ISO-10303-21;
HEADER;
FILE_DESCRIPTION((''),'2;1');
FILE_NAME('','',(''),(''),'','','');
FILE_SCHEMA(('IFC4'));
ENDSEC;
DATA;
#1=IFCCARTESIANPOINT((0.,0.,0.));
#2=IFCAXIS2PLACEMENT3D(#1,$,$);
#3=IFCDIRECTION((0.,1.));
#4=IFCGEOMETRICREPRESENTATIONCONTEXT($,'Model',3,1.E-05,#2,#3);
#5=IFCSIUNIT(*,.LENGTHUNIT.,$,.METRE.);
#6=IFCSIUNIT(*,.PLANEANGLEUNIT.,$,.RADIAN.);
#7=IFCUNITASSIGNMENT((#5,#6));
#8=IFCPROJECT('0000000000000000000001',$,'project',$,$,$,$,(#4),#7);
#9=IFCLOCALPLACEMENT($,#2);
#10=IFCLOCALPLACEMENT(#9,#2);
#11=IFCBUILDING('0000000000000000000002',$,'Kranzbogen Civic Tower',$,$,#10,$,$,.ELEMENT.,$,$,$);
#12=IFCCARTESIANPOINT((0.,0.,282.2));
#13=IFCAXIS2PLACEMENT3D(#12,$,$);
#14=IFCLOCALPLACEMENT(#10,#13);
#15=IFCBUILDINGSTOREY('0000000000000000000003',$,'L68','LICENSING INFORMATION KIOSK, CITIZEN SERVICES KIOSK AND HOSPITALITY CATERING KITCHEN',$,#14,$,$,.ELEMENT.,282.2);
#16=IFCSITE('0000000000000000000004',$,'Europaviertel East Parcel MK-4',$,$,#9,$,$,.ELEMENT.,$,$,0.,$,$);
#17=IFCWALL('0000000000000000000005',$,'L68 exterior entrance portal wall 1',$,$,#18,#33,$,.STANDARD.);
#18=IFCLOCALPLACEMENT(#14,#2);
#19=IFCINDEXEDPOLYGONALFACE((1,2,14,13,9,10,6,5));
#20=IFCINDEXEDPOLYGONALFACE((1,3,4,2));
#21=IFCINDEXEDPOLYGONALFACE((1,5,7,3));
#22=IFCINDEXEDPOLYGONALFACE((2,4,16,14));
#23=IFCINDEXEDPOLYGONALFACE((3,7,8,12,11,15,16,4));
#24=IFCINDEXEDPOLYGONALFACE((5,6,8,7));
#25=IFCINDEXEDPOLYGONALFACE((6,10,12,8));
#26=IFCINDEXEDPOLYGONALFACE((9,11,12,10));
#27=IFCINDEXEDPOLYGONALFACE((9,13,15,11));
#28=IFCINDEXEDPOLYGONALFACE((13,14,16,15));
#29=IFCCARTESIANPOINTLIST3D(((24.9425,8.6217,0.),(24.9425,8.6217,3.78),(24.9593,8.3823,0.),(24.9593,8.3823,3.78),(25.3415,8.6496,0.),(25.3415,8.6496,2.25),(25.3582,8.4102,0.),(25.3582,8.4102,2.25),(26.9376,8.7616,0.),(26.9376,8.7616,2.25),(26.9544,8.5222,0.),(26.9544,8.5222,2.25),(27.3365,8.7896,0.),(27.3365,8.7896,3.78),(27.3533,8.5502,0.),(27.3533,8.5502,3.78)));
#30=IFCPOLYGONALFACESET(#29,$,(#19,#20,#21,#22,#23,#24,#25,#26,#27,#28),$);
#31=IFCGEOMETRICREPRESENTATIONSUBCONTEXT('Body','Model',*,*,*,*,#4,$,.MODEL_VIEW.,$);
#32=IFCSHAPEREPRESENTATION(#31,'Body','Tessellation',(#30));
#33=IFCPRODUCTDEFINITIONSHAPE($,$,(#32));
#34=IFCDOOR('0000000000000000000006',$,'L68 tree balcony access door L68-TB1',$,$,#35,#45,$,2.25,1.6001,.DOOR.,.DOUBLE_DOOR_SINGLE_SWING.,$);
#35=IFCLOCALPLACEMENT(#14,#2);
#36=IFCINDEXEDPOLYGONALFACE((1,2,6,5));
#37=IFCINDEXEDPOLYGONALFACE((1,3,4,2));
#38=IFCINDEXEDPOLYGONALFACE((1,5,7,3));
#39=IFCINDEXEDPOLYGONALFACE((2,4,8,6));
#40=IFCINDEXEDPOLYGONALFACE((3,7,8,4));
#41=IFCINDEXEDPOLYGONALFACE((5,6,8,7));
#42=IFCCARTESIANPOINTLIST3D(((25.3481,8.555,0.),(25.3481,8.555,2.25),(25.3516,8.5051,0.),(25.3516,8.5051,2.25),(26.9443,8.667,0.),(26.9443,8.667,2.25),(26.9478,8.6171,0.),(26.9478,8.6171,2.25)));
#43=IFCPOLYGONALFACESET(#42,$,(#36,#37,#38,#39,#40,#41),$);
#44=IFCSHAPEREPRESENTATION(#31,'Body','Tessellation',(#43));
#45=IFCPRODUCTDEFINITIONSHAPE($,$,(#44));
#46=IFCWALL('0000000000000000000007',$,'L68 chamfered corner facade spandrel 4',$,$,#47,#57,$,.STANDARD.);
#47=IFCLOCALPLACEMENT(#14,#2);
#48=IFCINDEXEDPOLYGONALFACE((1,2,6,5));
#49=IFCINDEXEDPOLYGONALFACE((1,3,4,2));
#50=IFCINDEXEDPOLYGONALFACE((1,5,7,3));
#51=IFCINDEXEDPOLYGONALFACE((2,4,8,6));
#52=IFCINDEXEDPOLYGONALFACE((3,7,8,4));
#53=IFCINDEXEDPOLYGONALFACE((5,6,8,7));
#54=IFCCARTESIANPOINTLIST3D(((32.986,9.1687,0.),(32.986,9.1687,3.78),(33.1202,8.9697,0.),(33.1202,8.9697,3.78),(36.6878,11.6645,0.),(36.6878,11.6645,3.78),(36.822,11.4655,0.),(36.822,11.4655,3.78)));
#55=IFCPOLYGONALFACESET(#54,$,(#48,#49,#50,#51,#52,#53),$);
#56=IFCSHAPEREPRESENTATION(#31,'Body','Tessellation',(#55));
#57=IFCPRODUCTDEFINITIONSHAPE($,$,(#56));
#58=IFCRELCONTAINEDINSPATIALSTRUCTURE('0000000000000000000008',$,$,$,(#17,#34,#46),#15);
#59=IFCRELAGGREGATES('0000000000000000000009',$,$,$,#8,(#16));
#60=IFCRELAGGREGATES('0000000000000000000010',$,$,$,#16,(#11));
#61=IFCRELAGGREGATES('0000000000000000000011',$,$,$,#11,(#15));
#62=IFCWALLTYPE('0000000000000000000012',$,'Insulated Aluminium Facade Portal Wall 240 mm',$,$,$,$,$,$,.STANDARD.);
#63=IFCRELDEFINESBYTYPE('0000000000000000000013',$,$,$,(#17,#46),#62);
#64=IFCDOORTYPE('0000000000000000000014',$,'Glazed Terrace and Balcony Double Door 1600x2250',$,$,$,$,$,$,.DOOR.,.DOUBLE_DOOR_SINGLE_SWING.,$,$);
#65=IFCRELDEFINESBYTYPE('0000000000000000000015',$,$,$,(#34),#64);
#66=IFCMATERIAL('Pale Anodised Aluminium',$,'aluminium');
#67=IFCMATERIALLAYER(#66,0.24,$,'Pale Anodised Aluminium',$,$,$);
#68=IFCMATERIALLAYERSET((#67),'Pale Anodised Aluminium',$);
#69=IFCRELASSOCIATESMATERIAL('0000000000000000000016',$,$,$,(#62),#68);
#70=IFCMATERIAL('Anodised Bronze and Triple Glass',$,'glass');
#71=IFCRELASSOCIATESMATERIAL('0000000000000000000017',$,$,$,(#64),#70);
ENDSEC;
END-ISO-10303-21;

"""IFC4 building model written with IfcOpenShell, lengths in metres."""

from ifc_helpers import new_model, si_unit, direction, frame, frame_2d, origin, place, context, subcontext, project, spatial, rectangle, extrude, material, layer, layer_set, type_object, element, fill, save


model = new_model("IFC4")

# Units and contexts
model_context = context("Model", 3, precision=1e-05, world=origin(), true_north=direction((0.0, 1.0)))
body_context = subcontext(model_context, "Body", "Model", "MODEL_VIEW")
ifc_project = project(units=[si_unit("LENGTHUNIT", "METRE"), si_unit("PLANEANGLEUNIT", "RADIAN")], contexts=[model_context])

# Site, building, storey
site_placement = place(None, origin())
site = spatial("IfcSite", under=ifc_project, at=site_placement, Name="Europaviertel East Parcel MK-4", CompositionType="ELEMENT", RefElevation=0.0)
building_placement = place(site_placement, origin())
building = spatial("IfcBuilding", under=site, at=building_placement, Name="Kranzbogen Civic Tower", CompositionType="ELEMENT")
storey_placement = place(building_placement, frame((0.0, 0.0, 282.2)))
storey = spatial("IfcBuildingStorey", under=building, at=storey_placement, Name="L68", Description="LICENSING INFORMATION KIOSK, CITIZEN SERVICES KIOSK AND HOSPITALITY CATERING KITCHEN", CompositionType="ELEMENT", Elevation=282.2)

# Shared definitions
ifc_material_1 = material(Name="Pale Anodised Aluminium", Category="aluminium")

# Wall, opening, door
ifc_layer_1 = layer(ifc_material_1, 0.24, Name="Pale Anodised Aluminium")
ifc_layer_set_1 = layer_set([ifc_layer_1], Name="Pale Anodised Aluminium")
wall_type_1 = type_object("IfcWallType", Name="Insulated Aluminium Facade Portal Wall 240 mm", PredefinedType="STANDARD", material=ifc_layer_set_1)
wall_1_placement = place(storey_placement, frame((24.9509, 8.502, 0.0), z_axis=(0.0, 0.0, 1.0), x_axis=(0.997548, 0.069989, 0.0)))
wall_1 = element("IfcWall", 1, at=wall_1_placement, inside=storey, type_object=wall_type_1, Name="L68 exterior entrance portal wall 1", PredefinedType="STANDARD", context=body_context, shape_type="SweptSolid", body=[
    extrude(rectangle(XDim=2.3999, YDim=0.24, at=frame_2d((1.2, 0.0))), origin(), (0.0, 0.0, 1.0), 3.78),
])
opening_1_placement = place(wall_1_placement, frame((0.3999, 0.0, 0.0)))
opening_1 = element("IfcOpeningElement", 2, at=opening_1_placement, cuts=wall_1, PredefinedType="OPENING", context=body_context, shape_type="SweptSolid", body=[
    extrude(rectangle(XDim=1.6001, YDim=2.25, at=frame_2d((0.8, 1.125))), frame((0.0, 0.1299, 0.0), z_axis=(0.0, -1.0, 0.0), x_axis=(1.0, 0.0, 0.0)), (0.0, 0.0, 1.0), 0.26),
])
ifc_material_2 = material(Name="Anodised Bronze and Triple Glass", Category="glass")
door_type_1 = type_object("IfcDoorType", Name="Glazed Terrace and Balcony Double Door 1600x2250", OperationType="DOUBLE_DOOR_SINGLE_SWING", PredefinedType="DOOR", material=ifc_material_2)
door_1_placement = place(opening_1_placement, frame((1.6001, 0.0, 0.0), z_axis=(0.0, 0.0, 1.0), x_axis=(-1.0, 0.0, 0.0)))
door_1 = element("IfcDoor", 3, at=door_1_placement, inside=storey, type_object=door_type_1, Name="L68 tree balcony access door L68-TB1", OperationType="DOUBLE_DOOR_SINGLE_SWING", OverallHeight=2.25, OverallWidth=1.6001, PredefinedType="DOOR", context=body_context, shape_type="SweptSolid", body=[
    extrude(rectangle(XDim=1.6001, YDim=2.25, at=frame_2d((0.8, 1.125))), frame((0.0, 0.0249, 0.0), z_axis=(0.0, -1.0, 0.0), x_axis=(1.0, 0.0, 0.0)), (0.0, 0.0, 1.0), 0.05),
])
fill(opening_1, door_1)

# Wall
wall_2_placement = place(storey_placement, frame((33.053, 9.0691, 0.0), z_axis=(0.0, 0.0, 1.0), x_axis=(0.829153, 0.559021, 0.0)))
element("IfcWall", 4, at=wall_2_placement, inside=storey, type_object=wall_type_1, Name="L68 chamfered corner facade spandrel 4", PredefinedType="STANDARD", context=body_context, shape_type="SweptSolid", body=[
    extrude(rectangle(XDim=4.4646, YDim=0.24, at=frame_2d((2.2324, 0.0))), origin(), (0.0, 0.0, 1.0), 3.78),
])

save(model, "model.ifc")
